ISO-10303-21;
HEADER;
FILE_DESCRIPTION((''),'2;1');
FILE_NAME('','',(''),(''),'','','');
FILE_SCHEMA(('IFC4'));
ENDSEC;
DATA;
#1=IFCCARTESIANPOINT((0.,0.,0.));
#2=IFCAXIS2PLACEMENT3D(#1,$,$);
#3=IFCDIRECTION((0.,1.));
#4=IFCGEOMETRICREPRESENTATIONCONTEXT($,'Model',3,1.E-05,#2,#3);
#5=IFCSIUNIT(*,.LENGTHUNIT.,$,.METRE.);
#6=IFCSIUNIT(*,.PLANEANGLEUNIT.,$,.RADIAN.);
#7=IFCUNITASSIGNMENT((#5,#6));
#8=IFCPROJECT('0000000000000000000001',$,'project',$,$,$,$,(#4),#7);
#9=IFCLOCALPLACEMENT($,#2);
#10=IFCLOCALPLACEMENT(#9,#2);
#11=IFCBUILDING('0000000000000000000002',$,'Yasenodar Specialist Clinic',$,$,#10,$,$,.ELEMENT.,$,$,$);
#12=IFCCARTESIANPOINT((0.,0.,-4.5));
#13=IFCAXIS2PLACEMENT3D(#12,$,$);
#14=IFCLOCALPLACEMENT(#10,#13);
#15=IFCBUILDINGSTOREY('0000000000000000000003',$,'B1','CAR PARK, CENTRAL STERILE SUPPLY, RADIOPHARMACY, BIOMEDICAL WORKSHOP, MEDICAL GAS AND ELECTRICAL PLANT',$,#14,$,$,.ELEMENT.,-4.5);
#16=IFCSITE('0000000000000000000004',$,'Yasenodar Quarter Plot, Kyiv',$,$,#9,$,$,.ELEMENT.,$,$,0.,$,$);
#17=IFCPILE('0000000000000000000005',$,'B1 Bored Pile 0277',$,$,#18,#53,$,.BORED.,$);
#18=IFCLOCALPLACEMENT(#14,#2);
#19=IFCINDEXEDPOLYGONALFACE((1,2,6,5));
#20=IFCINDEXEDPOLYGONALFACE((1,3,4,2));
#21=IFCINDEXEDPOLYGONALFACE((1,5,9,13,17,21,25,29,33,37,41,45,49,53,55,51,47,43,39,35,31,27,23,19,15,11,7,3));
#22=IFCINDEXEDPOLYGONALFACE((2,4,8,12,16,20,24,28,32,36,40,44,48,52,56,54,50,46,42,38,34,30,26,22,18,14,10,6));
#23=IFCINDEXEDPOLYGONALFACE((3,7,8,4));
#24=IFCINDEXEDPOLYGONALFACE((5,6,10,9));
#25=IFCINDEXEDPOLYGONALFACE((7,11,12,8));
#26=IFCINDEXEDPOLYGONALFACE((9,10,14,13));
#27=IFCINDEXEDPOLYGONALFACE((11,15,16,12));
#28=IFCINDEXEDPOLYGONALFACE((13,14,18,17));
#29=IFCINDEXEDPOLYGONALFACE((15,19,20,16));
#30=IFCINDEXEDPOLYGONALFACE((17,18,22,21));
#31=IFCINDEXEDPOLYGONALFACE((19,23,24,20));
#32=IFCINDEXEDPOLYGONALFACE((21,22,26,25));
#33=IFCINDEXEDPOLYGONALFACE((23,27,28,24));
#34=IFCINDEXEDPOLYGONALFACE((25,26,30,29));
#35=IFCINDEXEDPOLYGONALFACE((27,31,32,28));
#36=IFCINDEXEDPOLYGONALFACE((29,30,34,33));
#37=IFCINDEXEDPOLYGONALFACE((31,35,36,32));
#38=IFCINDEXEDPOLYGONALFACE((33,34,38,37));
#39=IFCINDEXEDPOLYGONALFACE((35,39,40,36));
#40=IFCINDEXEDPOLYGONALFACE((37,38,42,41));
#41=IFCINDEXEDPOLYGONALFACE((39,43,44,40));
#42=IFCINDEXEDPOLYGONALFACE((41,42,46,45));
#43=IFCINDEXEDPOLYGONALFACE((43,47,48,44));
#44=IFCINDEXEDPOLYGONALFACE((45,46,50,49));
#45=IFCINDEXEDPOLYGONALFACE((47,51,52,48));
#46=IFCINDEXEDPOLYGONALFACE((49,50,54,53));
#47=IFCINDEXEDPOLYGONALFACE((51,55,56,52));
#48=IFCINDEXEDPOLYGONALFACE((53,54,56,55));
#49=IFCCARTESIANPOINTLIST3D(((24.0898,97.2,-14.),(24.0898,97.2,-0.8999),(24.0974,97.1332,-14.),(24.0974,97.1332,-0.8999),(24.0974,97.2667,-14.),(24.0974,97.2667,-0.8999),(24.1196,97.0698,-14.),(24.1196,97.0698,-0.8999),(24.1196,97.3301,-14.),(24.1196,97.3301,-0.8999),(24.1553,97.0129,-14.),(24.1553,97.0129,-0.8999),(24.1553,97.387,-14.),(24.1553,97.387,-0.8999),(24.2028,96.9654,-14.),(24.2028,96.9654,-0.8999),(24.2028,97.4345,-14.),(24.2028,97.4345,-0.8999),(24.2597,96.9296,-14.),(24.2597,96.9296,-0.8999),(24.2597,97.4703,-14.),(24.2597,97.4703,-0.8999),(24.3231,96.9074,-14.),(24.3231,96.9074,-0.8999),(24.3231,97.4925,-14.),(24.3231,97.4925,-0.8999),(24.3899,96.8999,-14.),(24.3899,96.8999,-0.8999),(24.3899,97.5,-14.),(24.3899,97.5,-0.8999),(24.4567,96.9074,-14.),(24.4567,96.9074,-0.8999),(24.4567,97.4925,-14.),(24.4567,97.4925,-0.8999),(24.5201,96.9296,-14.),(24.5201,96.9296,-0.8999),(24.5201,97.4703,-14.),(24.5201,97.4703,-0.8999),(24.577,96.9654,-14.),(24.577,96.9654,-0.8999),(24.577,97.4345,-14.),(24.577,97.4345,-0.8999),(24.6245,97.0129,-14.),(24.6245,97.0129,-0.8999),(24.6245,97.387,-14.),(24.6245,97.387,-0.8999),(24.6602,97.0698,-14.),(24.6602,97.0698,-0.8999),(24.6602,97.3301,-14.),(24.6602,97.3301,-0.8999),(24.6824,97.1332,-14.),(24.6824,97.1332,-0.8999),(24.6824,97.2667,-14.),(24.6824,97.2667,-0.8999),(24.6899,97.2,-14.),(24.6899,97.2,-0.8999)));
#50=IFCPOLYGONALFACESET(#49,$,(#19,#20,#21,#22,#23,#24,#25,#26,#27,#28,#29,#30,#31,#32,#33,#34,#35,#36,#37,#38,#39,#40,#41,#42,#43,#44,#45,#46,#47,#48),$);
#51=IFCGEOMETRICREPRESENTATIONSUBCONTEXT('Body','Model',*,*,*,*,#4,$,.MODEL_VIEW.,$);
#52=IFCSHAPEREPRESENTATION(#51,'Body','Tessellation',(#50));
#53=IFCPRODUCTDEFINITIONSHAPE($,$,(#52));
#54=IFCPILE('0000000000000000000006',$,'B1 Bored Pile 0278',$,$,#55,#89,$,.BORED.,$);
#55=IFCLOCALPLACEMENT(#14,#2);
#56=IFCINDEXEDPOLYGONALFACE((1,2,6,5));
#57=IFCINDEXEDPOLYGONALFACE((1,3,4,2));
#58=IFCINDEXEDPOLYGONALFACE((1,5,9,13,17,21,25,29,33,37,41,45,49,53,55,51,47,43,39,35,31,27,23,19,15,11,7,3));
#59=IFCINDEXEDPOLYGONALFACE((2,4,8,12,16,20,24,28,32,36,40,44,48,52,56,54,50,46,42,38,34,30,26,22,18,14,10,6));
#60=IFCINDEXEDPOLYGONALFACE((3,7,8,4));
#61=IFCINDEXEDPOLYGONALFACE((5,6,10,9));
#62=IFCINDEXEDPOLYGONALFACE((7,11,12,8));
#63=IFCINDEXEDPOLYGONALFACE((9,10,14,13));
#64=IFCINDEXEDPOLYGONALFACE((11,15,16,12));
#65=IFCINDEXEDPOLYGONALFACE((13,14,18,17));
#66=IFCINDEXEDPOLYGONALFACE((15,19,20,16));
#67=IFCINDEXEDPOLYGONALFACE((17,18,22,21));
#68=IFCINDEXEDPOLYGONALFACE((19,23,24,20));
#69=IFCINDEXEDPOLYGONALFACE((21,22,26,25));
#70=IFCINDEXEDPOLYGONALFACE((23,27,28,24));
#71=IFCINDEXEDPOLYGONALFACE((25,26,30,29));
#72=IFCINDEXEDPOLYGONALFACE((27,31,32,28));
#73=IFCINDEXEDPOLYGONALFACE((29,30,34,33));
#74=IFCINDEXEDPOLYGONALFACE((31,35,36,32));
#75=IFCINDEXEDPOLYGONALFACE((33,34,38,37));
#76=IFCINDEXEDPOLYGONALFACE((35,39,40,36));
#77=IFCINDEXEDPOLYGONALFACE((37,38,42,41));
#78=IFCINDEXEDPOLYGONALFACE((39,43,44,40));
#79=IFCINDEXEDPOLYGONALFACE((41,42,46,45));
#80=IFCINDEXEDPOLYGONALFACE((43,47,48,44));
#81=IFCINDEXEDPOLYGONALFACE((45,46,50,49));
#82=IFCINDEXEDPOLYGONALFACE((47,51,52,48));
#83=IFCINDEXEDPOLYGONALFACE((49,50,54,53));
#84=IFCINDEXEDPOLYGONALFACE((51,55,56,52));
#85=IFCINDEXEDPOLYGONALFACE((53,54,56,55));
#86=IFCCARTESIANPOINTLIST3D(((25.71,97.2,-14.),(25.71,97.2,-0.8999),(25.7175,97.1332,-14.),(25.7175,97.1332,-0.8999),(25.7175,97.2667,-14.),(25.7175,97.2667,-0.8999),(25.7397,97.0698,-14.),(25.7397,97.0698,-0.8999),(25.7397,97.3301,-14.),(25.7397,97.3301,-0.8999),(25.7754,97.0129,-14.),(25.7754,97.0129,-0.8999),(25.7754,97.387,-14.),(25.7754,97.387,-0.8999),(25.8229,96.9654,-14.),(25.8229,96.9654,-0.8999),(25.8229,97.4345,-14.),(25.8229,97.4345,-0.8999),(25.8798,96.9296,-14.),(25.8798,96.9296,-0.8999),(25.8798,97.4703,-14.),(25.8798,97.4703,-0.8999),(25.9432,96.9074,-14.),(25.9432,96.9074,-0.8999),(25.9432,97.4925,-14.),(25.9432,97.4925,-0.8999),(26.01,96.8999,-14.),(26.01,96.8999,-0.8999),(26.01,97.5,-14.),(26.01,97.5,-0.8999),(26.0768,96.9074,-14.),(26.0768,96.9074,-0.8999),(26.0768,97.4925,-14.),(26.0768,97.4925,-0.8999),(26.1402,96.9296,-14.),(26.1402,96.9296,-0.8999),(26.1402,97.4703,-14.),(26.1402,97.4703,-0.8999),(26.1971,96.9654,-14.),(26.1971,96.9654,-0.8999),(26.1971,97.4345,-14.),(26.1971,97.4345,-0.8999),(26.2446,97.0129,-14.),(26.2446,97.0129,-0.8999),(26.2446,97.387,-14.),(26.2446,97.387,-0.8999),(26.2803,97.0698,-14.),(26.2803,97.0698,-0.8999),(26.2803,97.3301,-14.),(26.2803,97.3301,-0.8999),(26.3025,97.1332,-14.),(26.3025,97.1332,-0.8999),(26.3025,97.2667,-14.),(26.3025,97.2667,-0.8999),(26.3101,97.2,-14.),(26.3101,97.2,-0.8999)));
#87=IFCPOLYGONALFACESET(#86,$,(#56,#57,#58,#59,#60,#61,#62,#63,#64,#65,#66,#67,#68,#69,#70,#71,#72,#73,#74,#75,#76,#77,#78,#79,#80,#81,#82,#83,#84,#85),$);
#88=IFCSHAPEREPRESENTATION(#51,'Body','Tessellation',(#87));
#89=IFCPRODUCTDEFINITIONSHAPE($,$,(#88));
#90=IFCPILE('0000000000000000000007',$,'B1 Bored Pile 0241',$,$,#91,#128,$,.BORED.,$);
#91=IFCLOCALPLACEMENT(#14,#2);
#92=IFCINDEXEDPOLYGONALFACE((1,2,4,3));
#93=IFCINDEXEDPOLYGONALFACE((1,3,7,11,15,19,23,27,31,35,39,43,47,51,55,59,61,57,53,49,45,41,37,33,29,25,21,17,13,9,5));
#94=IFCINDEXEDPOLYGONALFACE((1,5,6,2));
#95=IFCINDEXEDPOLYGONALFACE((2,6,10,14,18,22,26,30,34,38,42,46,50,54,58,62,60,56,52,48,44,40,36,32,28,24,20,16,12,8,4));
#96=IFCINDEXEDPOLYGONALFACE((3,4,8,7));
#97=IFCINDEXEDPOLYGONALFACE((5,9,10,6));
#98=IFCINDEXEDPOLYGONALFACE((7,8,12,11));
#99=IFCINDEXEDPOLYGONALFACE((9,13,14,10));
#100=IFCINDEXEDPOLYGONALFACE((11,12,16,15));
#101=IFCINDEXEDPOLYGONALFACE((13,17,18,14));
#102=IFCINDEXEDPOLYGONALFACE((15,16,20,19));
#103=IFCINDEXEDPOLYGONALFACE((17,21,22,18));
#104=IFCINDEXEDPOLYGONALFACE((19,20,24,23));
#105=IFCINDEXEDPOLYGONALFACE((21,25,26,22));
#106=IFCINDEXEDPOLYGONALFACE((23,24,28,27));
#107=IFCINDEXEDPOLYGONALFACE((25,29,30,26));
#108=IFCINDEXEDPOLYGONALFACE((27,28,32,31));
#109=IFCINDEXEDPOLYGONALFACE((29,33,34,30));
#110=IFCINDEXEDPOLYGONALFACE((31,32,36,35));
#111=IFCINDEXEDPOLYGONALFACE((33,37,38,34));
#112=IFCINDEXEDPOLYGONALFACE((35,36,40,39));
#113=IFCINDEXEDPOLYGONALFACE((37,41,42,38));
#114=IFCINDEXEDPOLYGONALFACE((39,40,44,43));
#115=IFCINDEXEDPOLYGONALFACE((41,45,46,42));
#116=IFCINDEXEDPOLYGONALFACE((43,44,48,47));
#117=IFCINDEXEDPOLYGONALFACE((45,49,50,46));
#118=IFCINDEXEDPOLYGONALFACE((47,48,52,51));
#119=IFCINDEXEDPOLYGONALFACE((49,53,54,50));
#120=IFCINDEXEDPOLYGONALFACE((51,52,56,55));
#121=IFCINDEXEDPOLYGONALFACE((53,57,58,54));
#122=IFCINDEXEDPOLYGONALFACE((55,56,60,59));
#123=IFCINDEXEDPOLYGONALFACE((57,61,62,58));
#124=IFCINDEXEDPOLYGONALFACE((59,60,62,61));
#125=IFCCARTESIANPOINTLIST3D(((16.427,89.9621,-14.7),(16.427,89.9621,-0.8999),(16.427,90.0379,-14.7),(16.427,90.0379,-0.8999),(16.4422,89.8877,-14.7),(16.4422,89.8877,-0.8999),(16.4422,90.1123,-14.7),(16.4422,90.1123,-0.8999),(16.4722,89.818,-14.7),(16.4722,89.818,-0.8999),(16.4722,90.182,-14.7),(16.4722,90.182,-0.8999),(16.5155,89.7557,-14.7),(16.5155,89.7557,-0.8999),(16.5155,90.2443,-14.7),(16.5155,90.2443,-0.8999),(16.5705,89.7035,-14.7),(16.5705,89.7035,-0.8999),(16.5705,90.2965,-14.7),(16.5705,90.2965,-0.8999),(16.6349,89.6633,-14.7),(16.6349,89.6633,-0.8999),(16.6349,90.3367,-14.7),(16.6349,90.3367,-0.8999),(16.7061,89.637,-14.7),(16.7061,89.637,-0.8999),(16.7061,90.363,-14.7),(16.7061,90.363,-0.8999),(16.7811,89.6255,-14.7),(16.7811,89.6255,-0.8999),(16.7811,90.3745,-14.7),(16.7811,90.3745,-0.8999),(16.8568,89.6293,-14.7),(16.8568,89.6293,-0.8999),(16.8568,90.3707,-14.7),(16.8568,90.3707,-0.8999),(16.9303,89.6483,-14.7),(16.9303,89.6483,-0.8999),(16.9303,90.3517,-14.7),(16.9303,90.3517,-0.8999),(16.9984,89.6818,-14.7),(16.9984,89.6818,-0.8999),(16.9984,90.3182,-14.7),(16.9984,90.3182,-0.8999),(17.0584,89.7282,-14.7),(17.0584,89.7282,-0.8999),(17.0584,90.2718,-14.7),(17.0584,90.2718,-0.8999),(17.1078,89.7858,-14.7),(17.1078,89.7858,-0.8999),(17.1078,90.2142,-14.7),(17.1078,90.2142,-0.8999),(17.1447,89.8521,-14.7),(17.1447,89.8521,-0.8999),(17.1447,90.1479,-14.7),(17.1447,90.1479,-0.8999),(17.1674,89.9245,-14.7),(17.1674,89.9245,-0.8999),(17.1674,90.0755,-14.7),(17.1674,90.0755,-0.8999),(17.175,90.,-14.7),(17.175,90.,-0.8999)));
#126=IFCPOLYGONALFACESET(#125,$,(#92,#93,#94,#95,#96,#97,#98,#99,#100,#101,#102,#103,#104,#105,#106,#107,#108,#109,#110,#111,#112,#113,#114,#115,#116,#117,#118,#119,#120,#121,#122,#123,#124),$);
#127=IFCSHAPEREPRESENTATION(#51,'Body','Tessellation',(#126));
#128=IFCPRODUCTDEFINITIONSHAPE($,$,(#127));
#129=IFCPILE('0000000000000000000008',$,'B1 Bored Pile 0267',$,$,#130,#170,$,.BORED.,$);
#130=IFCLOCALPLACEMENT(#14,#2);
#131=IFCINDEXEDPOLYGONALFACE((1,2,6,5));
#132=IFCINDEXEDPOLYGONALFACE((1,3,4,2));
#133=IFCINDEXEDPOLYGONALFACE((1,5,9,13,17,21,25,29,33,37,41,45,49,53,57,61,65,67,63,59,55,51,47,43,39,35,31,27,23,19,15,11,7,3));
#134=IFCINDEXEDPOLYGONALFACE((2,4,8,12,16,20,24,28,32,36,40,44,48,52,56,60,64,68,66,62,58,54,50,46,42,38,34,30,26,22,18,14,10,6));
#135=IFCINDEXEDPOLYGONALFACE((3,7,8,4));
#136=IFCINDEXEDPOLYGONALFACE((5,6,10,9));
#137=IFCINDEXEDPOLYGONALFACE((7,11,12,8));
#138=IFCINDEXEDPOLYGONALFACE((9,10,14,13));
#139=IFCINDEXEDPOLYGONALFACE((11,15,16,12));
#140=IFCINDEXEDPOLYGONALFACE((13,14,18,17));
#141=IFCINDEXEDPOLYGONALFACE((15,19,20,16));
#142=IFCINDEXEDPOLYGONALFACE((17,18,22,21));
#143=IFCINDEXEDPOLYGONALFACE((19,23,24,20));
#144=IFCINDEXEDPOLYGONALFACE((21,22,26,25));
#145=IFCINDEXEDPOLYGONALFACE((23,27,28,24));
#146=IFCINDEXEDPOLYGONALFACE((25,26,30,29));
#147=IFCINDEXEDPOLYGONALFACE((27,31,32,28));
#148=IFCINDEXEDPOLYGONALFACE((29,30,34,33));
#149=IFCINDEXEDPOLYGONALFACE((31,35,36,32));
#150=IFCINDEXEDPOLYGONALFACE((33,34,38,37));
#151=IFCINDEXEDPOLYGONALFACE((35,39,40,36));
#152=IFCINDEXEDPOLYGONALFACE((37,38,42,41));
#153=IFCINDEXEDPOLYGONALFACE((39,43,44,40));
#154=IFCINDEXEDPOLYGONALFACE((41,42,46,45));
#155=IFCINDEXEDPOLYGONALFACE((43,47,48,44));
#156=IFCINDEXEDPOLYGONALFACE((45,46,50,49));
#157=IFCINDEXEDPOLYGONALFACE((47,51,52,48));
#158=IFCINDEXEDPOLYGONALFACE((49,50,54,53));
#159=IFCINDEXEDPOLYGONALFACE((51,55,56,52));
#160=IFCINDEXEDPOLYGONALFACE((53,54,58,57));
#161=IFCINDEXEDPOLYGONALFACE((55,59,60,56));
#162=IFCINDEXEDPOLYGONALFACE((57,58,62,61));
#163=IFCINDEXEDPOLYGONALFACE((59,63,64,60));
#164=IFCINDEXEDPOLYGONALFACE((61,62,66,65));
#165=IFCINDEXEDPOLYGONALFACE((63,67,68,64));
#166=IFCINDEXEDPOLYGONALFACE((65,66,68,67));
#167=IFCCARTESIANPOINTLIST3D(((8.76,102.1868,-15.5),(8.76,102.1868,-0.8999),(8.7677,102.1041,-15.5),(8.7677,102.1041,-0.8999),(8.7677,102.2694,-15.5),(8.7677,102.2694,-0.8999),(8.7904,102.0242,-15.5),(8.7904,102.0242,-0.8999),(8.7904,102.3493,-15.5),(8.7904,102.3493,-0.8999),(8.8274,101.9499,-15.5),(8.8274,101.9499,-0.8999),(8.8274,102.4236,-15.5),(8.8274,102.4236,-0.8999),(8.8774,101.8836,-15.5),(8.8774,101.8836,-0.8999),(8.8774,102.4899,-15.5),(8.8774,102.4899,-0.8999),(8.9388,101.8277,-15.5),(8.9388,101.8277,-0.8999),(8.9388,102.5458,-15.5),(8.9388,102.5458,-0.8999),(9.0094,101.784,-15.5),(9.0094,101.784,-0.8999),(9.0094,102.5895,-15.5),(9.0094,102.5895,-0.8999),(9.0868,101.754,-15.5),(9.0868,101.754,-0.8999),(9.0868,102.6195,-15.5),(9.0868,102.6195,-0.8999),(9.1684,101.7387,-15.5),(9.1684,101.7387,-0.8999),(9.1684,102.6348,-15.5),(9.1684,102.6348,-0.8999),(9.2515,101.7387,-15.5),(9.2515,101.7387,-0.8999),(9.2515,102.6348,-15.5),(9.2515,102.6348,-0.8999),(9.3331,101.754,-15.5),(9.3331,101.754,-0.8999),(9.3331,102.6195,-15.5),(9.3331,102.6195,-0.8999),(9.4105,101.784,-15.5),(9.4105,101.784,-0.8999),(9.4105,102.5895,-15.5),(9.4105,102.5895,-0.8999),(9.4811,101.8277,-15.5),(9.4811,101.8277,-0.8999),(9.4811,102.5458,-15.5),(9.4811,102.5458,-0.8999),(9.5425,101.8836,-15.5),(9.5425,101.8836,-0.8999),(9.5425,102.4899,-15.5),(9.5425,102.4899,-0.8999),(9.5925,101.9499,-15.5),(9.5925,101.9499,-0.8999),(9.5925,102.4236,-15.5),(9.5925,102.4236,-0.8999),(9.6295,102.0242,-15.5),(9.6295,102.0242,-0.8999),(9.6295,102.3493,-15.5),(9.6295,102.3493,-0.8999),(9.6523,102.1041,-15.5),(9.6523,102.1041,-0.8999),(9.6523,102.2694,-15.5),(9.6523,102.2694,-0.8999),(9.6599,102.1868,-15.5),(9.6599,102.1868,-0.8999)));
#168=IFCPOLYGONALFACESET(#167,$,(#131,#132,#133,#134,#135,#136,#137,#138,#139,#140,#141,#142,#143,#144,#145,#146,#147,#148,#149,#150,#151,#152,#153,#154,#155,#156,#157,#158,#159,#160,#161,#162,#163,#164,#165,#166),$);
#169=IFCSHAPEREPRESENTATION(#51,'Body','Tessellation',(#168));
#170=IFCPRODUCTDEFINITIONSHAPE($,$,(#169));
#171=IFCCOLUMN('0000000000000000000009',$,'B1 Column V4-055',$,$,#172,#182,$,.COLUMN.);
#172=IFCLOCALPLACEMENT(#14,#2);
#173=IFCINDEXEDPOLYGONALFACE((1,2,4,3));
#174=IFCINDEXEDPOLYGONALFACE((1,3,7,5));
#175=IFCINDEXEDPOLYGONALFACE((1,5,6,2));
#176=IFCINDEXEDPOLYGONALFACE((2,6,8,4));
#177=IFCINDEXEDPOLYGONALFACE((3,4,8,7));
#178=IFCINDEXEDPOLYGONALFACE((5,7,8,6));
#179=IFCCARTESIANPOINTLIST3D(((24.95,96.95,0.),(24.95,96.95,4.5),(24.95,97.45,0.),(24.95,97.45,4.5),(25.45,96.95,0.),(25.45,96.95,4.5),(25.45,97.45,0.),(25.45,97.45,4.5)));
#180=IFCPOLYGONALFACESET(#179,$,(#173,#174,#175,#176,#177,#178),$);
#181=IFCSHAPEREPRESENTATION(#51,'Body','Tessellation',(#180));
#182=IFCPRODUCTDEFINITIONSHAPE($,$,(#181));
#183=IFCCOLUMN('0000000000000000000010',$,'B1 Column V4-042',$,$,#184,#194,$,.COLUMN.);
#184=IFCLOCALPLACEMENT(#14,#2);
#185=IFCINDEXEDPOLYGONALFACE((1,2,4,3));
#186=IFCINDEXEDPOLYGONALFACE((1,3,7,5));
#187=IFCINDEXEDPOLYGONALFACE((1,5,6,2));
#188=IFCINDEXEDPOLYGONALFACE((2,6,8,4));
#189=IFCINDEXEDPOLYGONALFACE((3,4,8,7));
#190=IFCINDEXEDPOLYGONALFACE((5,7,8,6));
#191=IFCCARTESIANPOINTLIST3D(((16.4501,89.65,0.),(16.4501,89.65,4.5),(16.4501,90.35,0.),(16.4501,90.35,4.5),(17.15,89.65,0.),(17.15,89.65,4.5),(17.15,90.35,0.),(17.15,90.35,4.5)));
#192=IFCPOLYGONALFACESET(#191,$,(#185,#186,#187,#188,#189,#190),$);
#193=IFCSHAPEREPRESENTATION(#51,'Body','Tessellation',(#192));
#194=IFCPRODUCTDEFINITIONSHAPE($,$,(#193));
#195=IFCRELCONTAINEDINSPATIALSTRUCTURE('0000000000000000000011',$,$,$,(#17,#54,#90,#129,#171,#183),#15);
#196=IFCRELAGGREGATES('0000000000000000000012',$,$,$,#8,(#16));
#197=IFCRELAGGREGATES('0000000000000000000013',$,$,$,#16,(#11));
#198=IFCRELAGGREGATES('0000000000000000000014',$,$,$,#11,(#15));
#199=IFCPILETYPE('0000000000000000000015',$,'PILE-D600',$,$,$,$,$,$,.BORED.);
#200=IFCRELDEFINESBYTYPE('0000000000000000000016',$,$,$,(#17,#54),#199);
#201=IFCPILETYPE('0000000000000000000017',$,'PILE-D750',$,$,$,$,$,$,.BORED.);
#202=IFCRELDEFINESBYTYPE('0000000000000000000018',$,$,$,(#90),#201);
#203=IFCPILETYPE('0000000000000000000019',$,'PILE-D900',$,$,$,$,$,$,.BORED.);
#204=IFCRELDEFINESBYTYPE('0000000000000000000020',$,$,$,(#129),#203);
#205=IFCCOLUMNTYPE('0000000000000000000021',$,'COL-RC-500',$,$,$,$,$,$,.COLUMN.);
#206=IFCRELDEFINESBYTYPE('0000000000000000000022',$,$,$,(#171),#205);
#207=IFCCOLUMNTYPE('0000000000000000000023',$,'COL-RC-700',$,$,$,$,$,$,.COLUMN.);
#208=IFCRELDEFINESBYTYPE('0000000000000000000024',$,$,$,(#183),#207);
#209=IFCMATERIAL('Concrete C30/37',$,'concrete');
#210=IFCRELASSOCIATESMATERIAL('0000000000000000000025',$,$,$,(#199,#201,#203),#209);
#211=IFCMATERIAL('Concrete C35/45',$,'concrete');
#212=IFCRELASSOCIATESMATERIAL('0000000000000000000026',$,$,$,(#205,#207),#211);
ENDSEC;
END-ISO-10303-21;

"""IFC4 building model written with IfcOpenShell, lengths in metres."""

from ifc_helpers import new_model, si_unit, direction, frame, origin, origin_2d, place, context, subcontext, project, spatial, rectangle, circle, extrude, material, material_profile, profile_set, type_object, element, save


model = new_model("IFC4")

# Units and contexts
model_context = context("Model", 3, precision=1e-05, world=origin(), true_north=direction((0.0, 1.0)))
body_context = subcontext(model_context, "Body", "Model", "MODEL_VIEW")
ifc_project = project(units=[si_unit("LENGTHUNIT", "METRE"), si_unit("PLANEANGLEUNIT", "RADIAN")], contexts=[model_context])

# Site, building, storey
site_placement = place(None, origin())
site = spatial("IfcSite", under=ifc_project, at=site_placement, Name="Yasenodar Quarter Plot, Kyiv", CompositionType="ELEMENT", RefElevation=0.0)
building_placement = place(site_placement, origin())
building = spatial("IfcBuilding", under=site, at=building_placement, Name="Yasenodar Specialist Clinic", CompositionType="ELEMENT")
storey_placement = place(building_placement, frame((0.0, 0.0, -4.5)))
storey = spatial("IfcBuildingStorey", under=building, at=storey_placement, Name="B1", Description="CAR PARK, CENTRAL STERILE SUPPLY, RADIOPHARMACY, BIOMEDICAL WORKSHOP, MEDICAL GAS AND ELECTRICAL PLANT", CompositionType="ELEMENT", Elevation=-4.5)

# Shared definitions
ifc_material_1 = material(Name="Concrete C35/45", Category="concrete")

# Piles
ifc_material_2 = material(Name="Concrete C30/37", Category="concrete")
ifc_material_profile_1 = material_profile(ifc_material_2, circle(Radius=0.3, at=origin_2d()), Name="PILE D600")
ifc_profile_set_1 = profile_set([ifc_material_profile_1], Name="Concrete C30/37")
pile_type_1 = type_object("IfcPileType", Name="PILE-D600", PredefinedType="BORED", material=ifc_profile_set_1)
for number, where, z_axis, x_axis, name in (
    (1, (24.3899, 97.2, -0.8999), (0.0, 0.0, -1.0), (1.0, 0.0, 0.0), "B1 Bored Pile 0277"),
    (2, (26.01, 97.2, -0.8999), (0.0, 0.0, -1.0), (1.0, 0.0, 0.0), "B1 Bored Pile 0278"),
):
    element("IfcPile", number, at=place(storey_placement, frame(where, z_axis=z_axis, x_axis=x_axis)), inside=storey, type_object=pile_type_1, Name=name, PredefinedType="BORED", context=body_context, shape_type="SweptSolid", body=[
        extrude(circle(Radius=0.3, at=origin_2d()), origin(), (0.0, 0.0, 1.0), 13.1001),
    ])
ifc_material_profile_2 = material_profile(ifc_material_2, circle(Radius=0.375, at=origin_2d()), Name="PILE D750")
ifc_profile_set_2 = profile_set([ifc_material_profile_2], Name="Concrete C30/37")
pile_type_2 = type_object("IfcPileType", Name="PILE-D750", PredefinedType="BORED", material=ifc_profile_set_2)
pile_1_placement = place(storey_placement, frame((16.8, 90.0, -0.8999), z_axis=(0.0, 0.0, -1.0), x_axis=(1.0, 0.0, 0.0)))
element("IfcPile", 3, at=pile_1_placement, inside=storey, type_object=pile_type_2, Name="B1 Bored Pile 0241", PredefinedType="BORED", context=body_context, shape_type="SweptSolid", body=[
    extrude(circle(Radius=0.375, at=origin_2d()), origin(), (0.0, 0.0, 1.0), 13.8),
])
ifc_material_profile_3 = material_profile(ifc_material_2, circle(Radius=0.45, at=origin_2d()), Name="PILE D900")
ifc_profile_set_3 = profile_set([ifc_material_profile_3], Name="Concrete C30/37")
pile_type_3 = type_object("IfcPileType", Name="PILE-D900", PredefinedType="BORED", material=ifc_profile_set_3)
pile_2_placement = place(storey_placement, frame((9.21, 102.1868, -0.8999), z_axis=(0.0, 0.0, -1.0), x_axis=(1.0, 0.0, 0.0)))
element("IfcPile", 4, at=pile_2_placement, inside=storey, type_object=pile_type_3, Name="B1 Bored Pile 0267", PredefinedType="BORED", context=body_context, shape_type="SweptSolid", body=[
    extrude(circle(Radius=0.45, at=origin_2d()), origin(), (0.0, 0.0, 1.0), 14.6001),
])

# Columns
ifc_material_profile_4 = material_profile(ifc_material_1, rectangle(XDim=0.5, YDim=0.5, at=origin_2d()), Name="RC 500x500")
ifc_profile_set_4 = profile_set([ifc_material_profile_4], Name="Concrete C35/45")
column_type_1 = type_object("IfcColumnType", Name="COL-RC-500", PredefinedType="COLUMN", material=ifc_profile_set_4)
column_placement = place(storey_placement, frame((25.2, 97.2, 0.0), z_axis=(0.0, 0.0, 1.0), x_axis=(1.0, 0.0, 0.0)))
element("IfcColumn", 5, at=column_placement, inside=storey, type_object=column_type_1, Name="B1 Column V4-055", PredefinedType="COLUMN", context=body_context, shape_type="SweptSolid", body=[
    extrude(rectangle(XDim=0.5, YDim=0.5, at=origin_2d()), origin(), (0.0, 0.0, 1.0), 4.5),
])
ifc_material_profile_5 = material_profile(ifc_material_1, rectangle(XDim=0.7, YDim=0.7, at=origin_2d()), Name="RC 700x700")
ifc_profile_set_5 = profile_set([ifc_material_profile_5], Name="Concrete C35/45")
column_type_2 = type_object("IfcColumnType", Name="COL-RC-700", PredefinedType="COLUMN", material=ifc_profile_set_5)
for number, where, z_axis, x_axis, name in (
    (6, (16.8, 90.0, 0.0), (0.0, 0.0, 1.0), (1.0, 0.0, 0.0), "B1 Column V4-042"),
):
    element("IfcColumn", number, at=place(storey_placement, frame(where, z_axis=z_axis, x_axis=x_axis)), inside=storey, type_object=column_type_2, Name=name, PredefinedType="COLUMN", context=body_context, shape_type="SweptSolid", body=[
        extrude(rectangle(XDim=0.7, YDim=0.7, at=origin_2d()), origin(), (0.0, 0.0, 1.0), 4.5),
    ])

save(model, "model.ifc")
